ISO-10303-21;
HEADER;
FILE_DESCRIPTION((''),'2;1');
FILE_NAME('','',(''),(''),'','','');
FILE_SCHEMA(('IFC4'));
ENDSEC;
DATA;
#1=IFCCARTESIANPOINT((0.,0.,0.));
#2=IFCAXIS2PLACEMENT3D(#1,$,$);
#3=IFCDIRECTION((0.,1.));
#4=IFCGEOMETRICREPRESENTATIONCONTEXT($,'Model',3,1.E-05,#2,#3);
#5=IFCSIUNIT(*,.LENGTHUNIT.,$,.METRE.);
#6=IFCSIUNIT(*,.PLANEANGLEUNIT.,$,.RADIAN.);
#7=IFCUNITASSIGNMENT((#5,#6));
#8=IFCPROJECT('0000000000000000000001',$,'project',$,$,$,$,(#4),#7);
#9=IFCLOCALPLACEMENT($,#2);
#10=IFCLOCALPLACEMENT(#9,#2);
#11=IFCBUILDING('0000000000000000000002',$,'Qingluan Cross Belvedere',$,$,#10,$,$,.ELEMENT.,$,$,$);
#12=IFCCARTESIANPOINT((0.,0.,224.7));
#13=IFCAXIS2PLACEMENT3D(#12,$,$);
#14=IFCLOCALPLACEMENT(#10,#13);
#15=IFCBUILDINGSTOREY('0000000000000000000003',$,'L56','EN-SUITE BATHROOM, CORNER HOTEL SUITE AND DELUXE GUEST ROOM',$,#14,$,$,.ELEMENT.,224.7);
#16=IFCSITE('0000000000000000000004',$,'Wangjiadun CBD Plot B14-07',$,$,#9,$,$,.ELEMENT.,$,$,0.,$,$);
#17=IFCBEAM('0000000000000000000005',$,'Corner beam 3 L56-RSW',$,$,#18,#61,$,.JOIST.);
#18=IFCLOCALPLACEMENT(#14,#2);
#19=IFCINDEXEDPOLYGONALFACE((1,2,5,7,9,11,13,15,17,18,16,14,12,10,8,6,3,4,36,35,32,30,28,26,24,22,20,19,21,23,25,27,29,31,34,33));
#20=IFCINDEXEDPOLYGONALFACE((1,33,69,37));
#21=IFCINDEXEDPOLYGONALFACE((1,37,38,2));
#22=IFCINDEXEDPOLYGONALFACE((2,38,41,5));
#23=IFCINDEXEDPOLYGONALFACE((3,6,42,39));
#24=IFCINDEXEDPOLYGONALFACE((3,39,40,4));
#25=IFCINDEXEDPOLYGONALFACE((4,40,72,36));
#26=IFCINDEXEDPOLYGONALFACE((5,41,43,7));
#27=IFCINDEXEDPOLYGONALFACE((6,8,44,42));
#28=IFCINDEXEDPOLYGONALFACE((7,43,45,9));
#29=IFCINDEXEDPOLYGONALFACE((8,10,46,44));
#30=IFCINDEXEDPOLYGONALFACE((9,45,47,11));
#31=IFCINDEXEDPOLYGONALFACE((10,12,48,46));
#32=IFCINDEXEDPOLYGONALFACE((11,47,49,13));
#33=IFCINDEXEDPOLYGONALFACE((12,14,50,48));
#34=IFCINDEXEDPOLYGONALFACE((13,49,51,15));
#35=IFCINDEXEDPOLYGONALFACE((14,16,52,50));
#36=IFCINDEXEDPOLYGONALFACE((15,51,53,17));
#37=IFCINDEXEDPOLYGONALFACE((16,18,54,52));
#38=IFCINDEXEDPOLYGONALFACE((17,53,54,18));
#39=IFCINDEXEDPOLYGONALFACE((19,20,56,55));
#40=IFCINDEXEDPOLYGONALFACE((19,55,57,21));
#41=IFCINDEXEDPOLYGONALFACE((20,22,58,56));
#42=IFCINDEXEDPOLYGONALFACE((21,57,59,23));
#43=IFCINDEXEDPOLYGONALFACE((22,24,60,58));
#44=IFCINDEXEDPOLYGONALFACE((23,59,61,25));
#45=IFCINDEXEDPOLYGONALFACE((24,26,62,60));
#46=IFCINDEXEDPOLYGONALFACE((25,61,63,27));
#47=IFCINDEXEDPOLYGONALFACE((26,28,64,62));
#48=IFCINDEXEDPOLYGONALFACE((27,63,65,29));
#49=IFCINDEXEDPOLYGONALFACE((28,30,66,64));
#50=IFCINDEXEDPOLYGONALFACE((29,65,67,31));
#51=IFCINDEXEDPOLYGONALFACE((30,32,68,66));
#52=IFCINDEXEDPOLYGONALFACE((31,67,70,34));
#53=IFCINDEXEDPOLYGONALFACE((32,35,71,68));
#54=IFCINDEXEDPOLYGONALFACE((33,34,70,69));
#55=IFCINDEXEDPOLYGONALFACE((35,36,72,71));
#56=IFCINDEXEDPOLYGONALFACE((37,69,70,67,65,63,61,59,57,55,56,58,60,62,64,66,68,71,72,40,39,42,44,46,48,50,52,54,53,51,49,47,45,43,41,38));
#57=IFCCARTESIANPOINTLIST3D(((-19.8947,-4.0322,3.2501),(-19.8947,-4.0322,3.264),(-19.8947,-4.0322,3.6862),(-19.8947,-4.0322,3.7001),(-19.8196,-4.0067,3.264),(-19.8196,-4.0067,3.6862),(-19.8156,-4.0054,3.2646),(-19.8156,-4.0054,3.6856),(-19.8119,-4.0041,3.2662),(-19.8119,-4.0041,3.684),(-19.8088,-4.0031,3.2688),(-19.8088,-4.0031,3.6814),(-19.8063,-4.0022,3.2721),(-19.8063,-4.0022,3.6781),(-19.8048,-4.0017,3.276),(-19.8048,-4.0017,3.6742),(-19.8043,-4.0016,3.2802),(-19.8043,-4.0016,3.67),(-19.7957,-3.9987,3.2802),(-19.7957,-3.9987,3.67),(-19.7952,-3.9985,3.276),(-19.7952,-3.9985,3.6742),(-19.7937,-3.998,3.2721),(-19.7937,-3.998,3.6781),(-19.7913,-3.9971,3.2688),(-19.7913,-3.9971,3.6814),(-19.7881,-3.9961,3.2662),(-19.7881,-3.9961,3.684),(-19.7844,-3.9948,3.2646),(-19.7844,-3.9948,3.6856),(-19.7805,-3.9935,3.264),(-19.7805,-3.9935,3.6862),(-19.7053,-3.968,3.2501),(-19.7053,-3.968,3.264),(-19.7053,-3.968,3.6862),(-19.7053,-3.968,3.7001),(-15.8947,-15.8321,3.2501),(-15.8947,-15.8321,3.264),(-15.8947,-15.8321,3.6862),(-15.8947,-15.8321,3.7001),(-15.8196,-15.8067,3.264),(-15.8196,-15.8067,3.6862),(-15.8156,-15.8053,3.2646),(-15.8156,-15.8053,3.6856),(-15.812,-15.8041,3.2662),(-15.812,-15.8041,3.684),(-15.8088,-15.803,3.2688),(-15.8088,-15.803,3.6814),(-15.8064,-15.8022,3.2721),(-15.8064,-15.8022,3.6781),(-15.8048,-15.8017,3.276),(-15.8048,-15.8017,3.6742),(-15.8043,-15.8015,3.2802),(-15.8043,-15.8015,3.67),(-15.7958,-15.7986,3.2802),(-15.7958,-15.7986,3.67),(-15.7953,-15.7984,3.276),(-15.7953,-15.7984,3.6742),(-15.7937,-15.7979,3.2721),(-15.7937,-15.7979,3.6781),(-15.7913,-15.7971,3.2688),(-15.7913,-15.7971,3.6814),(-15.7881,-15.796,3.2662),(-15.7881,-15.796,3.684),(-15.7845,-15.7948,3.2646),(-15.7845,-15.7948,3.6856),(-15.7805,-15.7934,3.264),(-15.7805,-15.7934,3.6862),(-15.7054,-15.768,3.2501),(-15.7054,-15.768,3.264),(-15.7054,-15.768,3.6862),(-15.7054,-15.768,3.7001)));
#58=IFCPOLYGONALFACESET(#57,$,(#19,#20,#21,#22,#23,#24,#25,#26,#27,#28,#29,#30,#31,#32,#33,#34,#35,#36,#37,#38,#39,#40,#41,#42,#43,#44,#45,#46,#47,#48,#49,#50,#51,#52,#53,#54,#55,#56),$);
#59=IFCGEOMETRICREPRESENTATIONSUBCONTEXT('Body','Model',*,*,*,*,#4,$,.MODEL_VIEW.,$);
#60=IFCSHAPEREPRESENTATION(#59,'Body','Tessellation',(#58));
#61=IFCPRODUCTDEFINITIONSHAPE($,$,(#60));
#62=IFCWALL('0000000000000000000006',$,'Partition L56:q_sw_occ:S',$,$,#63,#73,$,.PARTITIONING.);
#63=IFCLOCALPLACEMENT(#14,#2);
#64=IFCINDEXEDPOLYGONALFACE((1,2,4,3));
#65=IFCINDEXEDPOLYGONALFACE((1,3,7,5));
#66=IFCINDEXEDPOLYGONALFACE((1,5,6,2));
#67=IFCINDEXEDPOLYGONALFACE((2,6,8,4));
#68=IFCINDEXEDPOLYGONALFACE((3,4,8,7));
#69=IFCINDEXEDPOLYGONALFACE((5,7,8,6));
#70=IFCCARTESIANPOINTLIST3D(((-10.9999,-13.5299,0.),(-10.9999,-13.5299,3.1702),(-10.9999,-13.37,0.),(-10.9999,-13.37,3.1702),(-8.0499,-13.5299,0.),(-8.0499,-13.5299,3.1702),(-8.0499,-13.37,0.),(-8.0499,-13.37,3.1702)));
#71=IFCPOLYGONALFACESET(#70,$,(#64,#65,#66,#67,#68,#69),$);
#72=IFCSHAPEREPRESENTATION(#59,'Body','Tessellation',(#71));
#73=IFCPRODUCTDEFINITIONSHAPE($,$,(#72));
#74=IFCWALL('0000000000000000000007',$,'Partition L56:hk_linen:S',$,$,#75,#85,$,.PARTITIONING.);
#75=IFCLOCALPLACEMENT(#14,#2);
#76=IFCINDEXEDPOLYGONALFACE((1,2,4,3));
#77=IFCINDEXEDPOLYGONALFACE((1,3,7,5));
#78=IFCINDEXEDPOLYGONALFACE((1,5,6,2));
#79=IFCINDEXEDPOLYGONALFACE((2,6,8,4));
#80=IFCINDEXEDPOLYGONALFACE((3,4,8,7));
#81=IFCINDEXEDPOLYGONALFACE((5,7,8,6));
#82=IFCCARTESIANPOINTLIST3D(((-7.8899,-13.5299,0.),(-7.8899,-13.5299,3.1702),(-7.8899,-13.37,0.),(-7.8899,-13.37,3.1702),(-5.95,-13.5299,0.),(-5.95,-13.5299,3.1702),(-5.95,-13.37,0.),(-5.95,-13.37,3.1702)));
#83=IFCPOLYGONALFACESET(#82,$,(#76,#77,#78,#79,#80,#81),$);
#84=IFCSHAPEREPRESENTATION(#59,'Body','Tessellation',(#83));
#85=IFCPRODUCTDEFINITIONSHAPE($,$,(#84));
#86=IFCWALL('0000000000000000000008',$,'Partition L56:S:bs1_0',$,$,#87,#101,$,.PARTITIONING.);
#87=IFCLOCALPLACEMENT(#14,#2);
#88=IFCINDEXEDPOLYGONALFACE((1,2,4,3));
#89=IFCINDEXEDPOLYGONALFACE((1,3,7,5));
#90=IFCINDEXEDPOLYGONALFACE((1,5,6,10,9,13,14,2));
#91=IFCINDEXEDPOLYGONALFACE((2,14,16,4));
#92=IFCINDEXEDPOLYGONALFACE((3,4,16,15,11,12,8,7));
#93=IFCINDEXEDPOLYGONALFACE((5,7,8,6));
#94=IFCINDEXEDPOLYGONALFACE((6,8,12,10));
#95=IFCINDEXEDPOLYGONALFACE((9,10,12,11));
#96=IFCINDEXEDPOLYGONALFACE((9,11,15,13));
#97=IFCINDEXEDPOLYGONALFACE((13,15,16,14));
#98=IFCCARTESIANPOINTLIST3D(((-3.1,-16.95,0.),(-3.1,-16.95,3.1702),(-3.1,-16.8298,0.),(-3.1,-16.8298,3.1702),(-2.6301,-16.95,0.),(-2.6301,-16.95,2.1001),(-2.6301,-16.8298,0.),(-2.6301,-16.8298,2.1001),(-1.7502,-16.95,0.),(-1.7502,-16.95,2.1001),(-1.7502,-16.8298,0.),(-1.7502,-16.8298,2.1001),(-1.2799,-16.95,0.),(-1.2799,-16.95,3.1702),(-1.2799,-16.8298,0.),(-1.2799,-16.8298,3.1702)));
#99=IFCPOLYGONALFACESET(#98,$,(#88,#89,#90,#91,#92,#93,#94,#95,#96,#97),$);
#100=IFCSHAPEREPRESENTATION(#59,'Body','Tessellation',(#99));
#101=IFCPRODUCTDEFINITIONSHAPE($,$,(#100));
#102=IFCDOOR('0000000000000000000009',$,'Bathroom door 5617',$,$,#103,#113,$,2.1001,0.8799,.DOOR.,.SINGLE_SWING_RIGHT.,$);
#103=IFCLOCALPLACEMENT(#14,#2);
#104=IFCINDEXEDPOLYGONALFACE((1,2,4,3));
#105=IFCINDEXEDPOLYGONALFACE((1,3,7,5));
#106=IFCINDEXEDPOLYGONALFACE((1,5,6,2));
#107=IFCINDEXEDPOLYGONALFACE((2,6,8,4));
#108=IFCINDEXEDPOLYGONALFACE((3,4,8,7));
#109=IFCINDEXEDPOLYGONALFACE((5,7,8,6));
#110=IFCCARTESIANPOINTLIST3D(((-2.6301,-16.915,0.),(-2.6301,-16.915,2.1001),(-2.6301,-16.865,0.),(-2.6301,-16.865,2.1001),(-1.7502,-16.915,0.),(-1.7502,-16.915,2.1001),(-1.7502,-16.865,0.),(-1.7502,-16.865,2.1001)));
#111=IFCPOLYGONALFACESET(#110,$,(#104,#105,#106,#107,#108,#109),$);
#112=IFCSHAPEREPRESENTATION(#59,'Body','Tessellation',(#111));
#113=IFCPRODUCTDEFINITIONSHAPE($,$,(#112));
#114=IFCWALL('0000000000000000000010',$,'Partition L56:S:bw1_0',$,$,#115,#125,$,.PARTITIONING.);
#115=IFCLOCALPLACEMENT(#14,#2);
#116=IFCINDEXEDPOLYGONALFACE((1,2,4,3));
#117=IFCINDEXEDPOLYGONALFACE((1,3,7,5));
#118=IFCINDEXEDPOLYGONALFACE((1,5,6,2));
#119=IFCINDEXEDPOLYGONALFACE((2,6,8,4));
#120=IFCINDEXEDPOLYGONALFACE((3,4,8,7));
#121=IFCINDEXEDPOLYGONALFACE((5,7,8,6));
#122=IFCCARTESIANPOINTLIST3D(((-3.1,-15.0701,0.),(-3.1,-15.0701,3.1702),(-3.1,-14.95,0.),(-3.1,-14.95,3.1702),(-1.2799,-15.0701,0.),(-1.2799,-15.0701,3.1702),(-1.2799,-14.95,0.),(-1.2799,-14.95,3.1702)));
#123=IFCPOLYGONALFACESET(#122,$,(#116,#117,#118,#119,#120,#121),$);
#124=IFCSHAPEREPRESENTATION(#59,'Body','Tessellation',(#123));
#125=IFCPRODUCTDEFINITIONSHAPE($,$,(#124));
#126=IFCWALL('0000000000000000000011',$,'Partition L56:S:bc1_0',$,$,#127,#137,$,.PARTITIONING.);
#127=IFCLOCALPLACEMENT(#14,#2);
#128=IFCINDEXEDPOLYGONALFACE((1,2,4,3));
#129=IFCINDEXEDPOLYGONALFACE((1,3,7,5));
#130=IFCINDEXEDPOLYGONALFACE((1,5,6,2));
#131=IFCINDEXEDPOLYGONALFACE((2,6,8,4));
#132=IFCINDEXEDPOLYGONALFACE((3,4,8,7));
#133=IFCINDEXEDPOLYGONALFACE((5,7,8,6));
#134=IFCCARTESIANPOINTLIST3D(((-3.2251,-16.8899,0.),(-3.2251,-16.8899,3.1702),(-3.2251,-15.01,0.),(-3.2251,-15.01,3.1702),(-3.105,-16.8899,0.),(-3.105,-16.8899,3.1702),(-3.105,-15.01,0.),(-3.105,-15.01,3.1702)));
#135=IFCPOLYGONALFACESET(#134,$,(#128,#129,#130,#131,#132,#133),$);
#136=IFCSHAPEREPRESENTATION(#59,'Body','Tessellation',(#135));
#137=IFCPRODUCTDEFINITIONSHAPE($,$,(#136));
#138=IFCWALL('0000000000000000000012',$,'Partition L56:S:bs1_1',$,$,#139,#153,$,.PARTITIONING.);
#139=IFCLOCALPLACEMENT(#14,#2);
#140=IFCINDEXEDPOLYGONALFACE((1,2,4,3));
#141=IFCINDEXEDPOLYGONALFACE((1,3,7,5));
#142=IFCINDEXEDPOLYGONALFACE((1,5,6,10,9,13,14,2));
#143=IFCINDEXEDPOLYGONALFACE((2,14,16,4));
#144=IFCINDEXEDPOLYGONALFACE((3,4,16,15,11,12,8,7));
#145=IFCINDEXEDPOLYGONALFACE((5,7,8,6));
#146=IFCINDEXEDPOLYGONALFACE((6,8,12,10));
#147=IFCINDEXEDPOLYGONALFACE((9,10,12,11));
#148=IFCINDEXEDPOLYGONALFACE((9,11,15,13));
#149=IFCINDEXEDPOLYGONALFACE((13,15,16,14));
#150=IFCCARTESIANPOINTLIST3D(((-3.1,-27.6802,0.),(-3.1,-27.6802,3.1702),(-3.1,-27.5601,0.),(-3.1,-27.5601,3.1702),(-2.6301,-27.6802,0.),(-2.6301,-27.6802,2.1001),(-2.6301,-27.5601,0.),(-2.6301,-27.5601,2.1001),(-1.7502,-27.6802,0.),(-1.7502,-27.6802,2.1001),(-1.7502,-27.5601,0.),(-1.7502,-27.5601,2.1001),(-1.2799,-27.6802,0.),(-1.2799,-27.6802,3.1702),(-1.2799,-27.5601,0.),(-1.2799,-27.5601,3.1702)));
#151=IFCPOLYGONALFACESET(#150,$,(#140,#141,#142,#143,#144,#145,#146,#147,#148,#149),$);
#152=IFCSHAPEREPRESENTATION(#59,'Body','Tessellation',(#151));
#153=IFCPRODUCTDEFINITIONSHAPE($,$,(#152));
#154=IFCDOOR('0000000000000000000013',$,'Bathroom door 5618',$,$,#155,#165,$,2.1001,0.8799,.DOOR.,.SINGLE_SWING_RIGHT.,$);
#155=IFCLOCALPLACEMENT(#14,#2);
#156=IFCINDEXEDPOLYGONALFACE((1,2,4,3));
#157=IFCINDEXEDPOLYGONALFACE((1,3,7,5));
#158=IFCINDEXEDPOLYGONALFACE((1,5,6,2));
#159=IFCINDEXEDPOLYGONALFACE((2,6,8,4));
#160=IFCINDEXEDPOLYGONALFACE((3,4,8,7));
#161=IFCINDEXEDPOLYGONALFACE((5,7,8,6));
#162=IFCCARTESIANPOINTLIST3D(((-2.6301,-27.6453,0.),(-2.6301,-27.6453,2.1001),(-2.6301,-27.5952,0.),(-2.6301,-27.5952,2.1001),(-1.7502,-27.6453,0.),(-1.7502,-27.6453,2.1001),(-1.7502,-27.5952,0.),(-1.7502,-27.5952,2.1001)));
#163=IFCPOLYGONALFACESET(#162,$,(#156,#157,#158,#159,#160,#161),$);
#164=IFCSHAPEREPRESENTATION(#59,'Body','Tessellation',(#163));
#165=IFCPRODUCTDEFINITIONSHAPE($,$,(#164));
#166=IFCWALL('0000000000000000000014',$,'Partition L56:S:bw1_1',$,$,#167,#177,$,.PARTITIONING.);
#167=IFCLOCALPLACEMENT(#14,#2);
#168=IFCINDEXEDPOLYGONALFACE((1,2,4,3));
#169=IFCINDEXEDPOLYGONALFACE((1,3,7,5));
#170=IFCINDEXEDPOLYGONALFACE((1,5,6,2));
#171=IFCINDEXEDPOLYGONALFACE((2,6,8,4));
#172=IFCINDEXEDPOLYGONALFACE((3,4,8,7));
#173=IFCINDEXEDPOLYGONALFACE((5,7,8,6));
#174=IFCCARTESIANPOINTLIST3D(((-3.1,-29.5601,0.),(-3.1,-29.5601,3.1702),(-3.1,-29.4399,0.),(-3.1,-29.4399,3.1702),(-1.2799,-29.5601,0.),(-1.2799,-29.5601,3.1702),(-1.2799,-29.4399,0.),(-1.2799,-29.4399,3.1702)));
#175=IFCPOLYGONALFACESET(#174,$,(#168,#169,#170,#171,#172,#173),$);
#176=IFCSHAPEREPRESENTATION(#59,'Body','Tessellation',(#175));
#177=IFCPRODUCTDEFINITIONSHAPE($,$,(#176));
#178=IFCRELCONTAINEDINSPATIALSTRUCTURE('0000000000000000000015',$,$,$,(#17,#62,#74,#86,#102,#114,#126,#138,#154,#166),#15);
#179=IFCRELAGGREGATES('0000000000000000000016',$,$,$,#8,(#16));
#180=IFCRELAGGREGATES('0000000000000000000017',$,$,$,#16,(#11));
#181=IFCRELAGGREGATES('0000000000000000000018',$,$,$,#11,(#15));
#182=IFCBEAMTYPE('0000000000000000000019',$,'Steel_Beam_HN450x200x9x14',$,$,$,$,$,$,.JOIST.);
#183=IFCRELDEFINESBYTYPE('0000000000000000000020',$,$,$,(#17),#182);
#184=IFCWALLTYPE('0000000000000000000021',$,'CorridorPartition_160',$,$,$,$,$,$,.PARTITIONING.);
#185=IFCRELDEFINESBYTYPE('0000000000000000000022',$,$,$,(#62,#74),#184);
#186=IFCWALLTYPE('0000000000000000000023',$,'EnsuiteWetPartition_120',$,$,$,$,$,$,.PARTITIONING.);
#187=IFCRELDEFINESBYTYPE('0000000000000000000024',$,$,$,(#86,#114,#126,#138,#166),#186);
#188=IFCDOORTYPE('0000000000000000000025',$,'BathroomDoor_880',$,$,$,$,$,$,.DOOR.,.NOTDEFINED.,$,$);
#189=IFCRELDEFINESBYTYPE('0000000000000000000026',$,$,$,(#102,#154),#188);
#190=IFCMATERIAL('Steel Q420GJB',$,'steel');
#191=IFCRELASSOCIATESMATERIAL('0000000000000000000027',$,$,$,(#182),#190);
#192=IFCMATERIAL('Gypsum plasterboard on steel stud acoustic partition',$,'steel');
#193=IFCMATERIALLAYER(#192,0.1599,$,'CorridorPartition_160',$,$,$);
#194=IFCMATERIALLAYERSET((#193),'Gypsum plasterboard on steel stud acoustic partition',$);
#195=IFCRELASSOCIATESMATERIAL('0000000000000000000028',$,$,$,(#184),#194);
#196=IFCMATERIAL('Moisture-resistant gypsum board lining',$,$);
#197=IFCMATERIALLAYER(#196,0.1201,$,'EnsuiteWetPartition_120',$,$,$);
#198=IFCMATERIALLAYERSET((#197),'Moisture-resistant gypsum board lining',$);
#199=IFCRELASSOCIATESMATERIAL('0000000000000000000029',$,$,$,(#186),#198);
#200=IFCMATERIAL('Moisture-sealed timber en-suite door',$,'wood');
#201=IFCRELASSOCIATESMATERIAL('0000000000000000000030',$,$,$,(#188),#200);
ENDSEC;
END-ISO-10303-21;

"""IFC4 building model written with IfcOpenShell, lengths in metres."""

from ifc_helpers import new_model, si_unit, direction, frame, frame_2d, origin, origin_2d, place, context, subcontext, project, spatial, rectangle, i_section, extrude, material, layer, layer_set, material_profile, profile_set, type_object, element, fill, save


model = new_model("IFC4")

# Units and contexts
model_context = context("Model", 3, precision=1e-05, world=origin(), true_north=direction((0.0, 1.0)))
body_context = subcontext(model_context, "Body", "Model", "MODEL_VIEW")
ifc_project = project(units=[si_unit("LENGTHUNIT", "METRE"), si_unit("PLANEANGLEUNIT", "RADIAN")], contexts=[model_context])

# Site, building, storey
site_placement = place(None, origin())
site = spatial("IfcSite", under=ifc_project, at=site_placement, Name="Wangjiadun CBD Plot B14-07", CompositionType="ELEMENT", RefElevation=0.0)
building_placement = place(site_placement, origin())
building = spatial("IfcBuilding", under=site, at=building_placement, Name="Qingluan Cross Belvedere", CompositionType="ELEMENT")
storey_placement = place(building_placement, frame((0.0, 0.0, 224.7)))
storey = spatial("IfcBuildingStorey", under=building, at=storey_placement, Name="L56", Description="EN-SUITE BATHROOM, CORNER HOTEL SUITE AND DELUXE GUEST ROOM", CompositionType="ELEMENT", Elevation=224.7)

# Beam
ifc_material_1 = material(Name="Steel Q420GJB", Category="steel")
ifc_material_profile_1 = material_profile(ifc_material_1, i_section(OverallWidth=0.2, OverallDepth=0.45, WebThickness=0.009, FlangeThickness=0.0139, FilletRadius=0.0161, at=origin_2d()), Name="HN450x200x9x14")
ifc_profile_set_1 = profile_set([ifc_material_profile_1], Name="Steel Q420GJB")
beam_type_1 = type_object("IfcBeamType", Name="Steel_Beam_HN450x200x9x14", PredefinedType="JOIST", material=ifc_profile_set_1)
for number, where, z_axis, x_axis, name in (
    (1, (-15.8, -15.8, 3.4751), (-0.321038, 0.947066, 0.0), (-0.947066, -0.321038, 0.0), "Corner beam 3 L56-RSW"),
):
    element("IfcBeam", number, at=place(storey_placement, frame(where, z_axis=z_axis, x_axis=x_axis)), inside=storey, type_object=beam_type_1, Name=name, PredefinedType="JOIST", context=body_context, shape_type="SweptSolid", body=[
        extrude(i_section(OverallWidth=0.2, OverallDepth=0.45, WebThickness=0.009, FlangeThickness=0.0139, FilletRadius=0.0161, at=origin_2d()), origin(), (0.0, 0.0, 1.0), 12.4595),
    ])

# Walls
ifc_material_2 = material(Name="Gypsum plasterboard on steel stud acoustic partition", Category="steel")
ifc_layer_1 = layer(ifc_material_2, 0.1599, Name="CorridorPartition_160")
ifc_layer_set_1 = layer_set([ifc_layer_1], Name="Gypsum plasterboard on steel stud acoustic partition")
wall_type_1 = type_object("IfcWallType", Name="CorridorPartition_160", PredefinedType="PARTITIONING", material=ifc_layer_set_1)
wall_1_placement = place(storey_placement, frame((-11.0, -13.45, 0.0), z_axis=(0.0, 0.0, 1.0), x_axis=(1.0, 0.0, 0.0)))
element("IfcWall", 2, at=wall_1_placement, inside=storey, type_object=wall_type_1, Name="Partition L56:q_sw_occ:S", PredefinedType="PARTITIONING", context=body_context, shape_type="SweptSolid", body=[
    extrude(rectangle(XDim=2.95, YDim=0.1599, at=frame_2d((1.4751, 0.0))), origin(), (0.0, 0.0, 1.0), 3.1702),
])
wall_2_placement = place(storey_placement, frame((-7.8899, -13.45, 0.0), z_axis=(0.0, 0.0, 1.0), x_axis=(1.0, 0.0, 0.0)))
element("IfcWall", 3, at=wall_2_placement, inside=storey, type_object=wall_type_1, Name="Partition L56:hk_linen:S", PredefinedType="PARTITIONING", context=body_context, shape_type="SweptSolid", body=[
    extrude(rectangle(XDim=1.9399, YDim=0.1599, at=frame_2d((0.97, 0.0))), origin(), (0.0, 0.0, 1.0), 3.1702),
])

# Wall, opening, door
ifc_material_3 = material(Name="Moisture-resistant gypsum board lining")
ifc_layer_2 = layer(ifc_material_3, 0.1201, Name="EnsuiteWetPartition_120")
ifc_layer_set_2 = layer_set([ifc_layer_2], Name="Moisture-resistant gypsum board lining")
wall_type_2 = type_object("IfcWallType", Name="EnsuiteWetPartition_120", PredefinedType="PARTITIONING", material=ifc_layer_set_2)
wall_3_placement = place(storey_placement, frame((-3.1001, -16.8899, 0.0), z_axis=(0.0, 0.0, 1.0), x_axis=(1.0, 0.0, 0.0)))
wall_3 = element("IfcWall", 4, at=wall_3_placement, inside=storey, type_object=wall_type_2, Name="Partition L56:S:bs1_0", PredefinedType="PARTITIONING", context=body_context, shape_type="SweptSolid", body=[
    extrude(rectangle(XDim=1.8201, YDim=0.1201, at=frame_2d((0.9102, 0.0))), origin(), (0.0, 0.0, 1.0), 3.1702),
])
opening_1_placement = place(wall_3_placement, frame((0.47, 0.0, 0.0)))
opening_1 = element("IfcOpeningElement", 5, at=opening_1_placement, cuts=wall_3, PredefinedType="OPENING", context=body_context, shape_type="SweptSolid", body=[
    extrude(rectangle(XDim=0.8799, YDim=2.1001, at=frame_2d((0.4399, 1.05))), frame((0.0, 0.0701, 0.0), z_axis=(0.0, -1.0, 0.0), x_axis=(1.0, 0.0, 0.0)), (0.0, 0.0, 1.0), 0.1401),
])
ifc_material_4 = material(Name="Moisture-sealed timber en-suite door", Category="wood")
door_type = type_object("IfcDoorType", Name="BathroomDoor_880", OperationType="NOTDEFINED", PredefinedType="DOOR", material=ifc_material_4)
door_1_placement = place(opening_1_placement, origin())
door_1 = element("IfcDoor", 6, at=door_1_placement, inside=storey, type_object=door_type, Name="Bathroom door 5617", OperationType="SINGLE_SWING_RIGHT", OverallHeight=2.1001, OverallWidth=0.8799, PredefinedType="DOOR", context=body_context, shape_type="SweptSolid", body=[
    extrude(rectangle(XDim=0.8799, YDim=2.1001, at=frame_2d((0.4399, 1.05))), frame((0.0, 0.0249, 0.0), z_axis=(0.0, -1.0, 0.0), x_axis=(1.0, 0.0, 0.0)), (0.0, 0.0, 1.0), 0.05),
])
fill(opening_1, door_1)

# Walls
wall_4_placement = place(storey_placement, frame((-3.1001, -15.01, 0.0), z_axis=(0.0, 0.0, 1.0), x_axis=(1.0, 0.0, 0.0)))
element("IfcWall", 7, at=wall_4_placement, inside=storey, type_object=wall_type_2, Name="Partition L56:S:bw1_0", PredefinedType="PARTITIONING", context=body_context, shape_type="SweptSolid", body=[
    extrude(rectangle(XDim=1.8201, YDim=0.1201, at=frame_2d((0.9102, 0.0))), origin(), (0.0, 0.0, 1.0), 3.1702),
])
wall_5_placement = place(storey_placement, frame((-3.165, -15.01, 0.0), z_axis=(0.0, 0.0, 1.0), x_axis=(0.0, -1.0, 0.0)))
element("IfcWall", 8, at=wall_5_placement, inside=storey, type_object=wall_type_2, Name="Partition L56:S:bc1_0", PredefinedType="PARTITIONING", context=body_context, shape_type="SweptSolid", body=[
    extrude(rectangle(XDim=1.8799, YDim=0.1201, at=frame_2d((0.9399, 0.0))), origin(), (0.0, 0.0, 1.0), 3.1702),
])

# Wall, opening, door
wall_6_placement = place(storey_placement, frame((-3.1001, -27.6201, 0.0), z_axis=(0.0, 0.0, 1.0), x_axis=(1.0, 0.0, 0.0)))
wall_6 = element("IfcWall", 9, at=wall_6_placement, inside=storey, type_object=wall_type_2, Name="Partition L56:S:bs1_1", PredefinedType="PARTITIONING", context=body_context, shape_type="SweptSolid", body=[
    extrude(rectangle(XDim=1.8201, YDim=0.1201, at=frame_2d((0.9102, 0.0))), origin(), (0.0, 0.0, 1.0), 3.1702),
])
opening_2_placement = place(wall_6_placement, frame((0.47, 0.0, 0.0)))
opening_2 = element("IfcOpeningElement", 10, at=opening_2_placement, cuts=wall_6, PredefinedType="OPENING", context=body_context, shape_type="SweptSolid", body=[
    extrude(rectangle(XDim=0.8799, YDim=2.1001, at=frame_2d((0.4399, 1.05))), frame((0.0, 0.0701, 0.0), z_axis=(0.0, -1.0, 0.0), x_axis=(1.0, 0.0, 0.0)), (0.0, 0.0, 1.0), 0.1401),
])
door_2_placement = place(opening_2_placement, origin())
door_2 = element("IfcDoor", 11, at=door_2_placement, inside=storey, type_object=door_type, Name="Bathroom door 5618", OperationType="SINGLE_SWING_RIGHT", OverallHeight=2.1001, OverallWidth=0.8799, PredefinedType="DOOR", context=body_context, shape_type="SweptSolid", body=[
    extrude(rectangle(XDim=0.8799, YDim=2.1001, at=frame_2d((0.4399, 1.05))), frame((0.0, 0.0249, 0.0), z_axis=(0.0, -1.0, 0.0), x_axis=(1.0, 0.0, 0.0)), (0.0, 0.0, 1.0), 0.05),
])
fill(opening_2, door_2)

# Wall
wall_7_placement = place(storey_placement, frame((-3.1001, -29.5, 0.0), z_axis=(0.0, 0.0, 1.0), x_axis=(1.0, 0.0, 0.0)))
element("IfcWall", 12, at=wall_7_placement, inside=storey, type_object=wall_type_2, Name="Partition L56:S:bw1_1", PredefinedType="PARTITIONING", context=body_context, shape_type="SweptSolid", body=[
    extrude(rectangle(XDim=1.8201, YDim=0.1201, at=frame_2d((0.9102, 0.0))), origin(), (0.0, 0.0, 1.0), 3.1702),
])

save(model, "model.ifc")
